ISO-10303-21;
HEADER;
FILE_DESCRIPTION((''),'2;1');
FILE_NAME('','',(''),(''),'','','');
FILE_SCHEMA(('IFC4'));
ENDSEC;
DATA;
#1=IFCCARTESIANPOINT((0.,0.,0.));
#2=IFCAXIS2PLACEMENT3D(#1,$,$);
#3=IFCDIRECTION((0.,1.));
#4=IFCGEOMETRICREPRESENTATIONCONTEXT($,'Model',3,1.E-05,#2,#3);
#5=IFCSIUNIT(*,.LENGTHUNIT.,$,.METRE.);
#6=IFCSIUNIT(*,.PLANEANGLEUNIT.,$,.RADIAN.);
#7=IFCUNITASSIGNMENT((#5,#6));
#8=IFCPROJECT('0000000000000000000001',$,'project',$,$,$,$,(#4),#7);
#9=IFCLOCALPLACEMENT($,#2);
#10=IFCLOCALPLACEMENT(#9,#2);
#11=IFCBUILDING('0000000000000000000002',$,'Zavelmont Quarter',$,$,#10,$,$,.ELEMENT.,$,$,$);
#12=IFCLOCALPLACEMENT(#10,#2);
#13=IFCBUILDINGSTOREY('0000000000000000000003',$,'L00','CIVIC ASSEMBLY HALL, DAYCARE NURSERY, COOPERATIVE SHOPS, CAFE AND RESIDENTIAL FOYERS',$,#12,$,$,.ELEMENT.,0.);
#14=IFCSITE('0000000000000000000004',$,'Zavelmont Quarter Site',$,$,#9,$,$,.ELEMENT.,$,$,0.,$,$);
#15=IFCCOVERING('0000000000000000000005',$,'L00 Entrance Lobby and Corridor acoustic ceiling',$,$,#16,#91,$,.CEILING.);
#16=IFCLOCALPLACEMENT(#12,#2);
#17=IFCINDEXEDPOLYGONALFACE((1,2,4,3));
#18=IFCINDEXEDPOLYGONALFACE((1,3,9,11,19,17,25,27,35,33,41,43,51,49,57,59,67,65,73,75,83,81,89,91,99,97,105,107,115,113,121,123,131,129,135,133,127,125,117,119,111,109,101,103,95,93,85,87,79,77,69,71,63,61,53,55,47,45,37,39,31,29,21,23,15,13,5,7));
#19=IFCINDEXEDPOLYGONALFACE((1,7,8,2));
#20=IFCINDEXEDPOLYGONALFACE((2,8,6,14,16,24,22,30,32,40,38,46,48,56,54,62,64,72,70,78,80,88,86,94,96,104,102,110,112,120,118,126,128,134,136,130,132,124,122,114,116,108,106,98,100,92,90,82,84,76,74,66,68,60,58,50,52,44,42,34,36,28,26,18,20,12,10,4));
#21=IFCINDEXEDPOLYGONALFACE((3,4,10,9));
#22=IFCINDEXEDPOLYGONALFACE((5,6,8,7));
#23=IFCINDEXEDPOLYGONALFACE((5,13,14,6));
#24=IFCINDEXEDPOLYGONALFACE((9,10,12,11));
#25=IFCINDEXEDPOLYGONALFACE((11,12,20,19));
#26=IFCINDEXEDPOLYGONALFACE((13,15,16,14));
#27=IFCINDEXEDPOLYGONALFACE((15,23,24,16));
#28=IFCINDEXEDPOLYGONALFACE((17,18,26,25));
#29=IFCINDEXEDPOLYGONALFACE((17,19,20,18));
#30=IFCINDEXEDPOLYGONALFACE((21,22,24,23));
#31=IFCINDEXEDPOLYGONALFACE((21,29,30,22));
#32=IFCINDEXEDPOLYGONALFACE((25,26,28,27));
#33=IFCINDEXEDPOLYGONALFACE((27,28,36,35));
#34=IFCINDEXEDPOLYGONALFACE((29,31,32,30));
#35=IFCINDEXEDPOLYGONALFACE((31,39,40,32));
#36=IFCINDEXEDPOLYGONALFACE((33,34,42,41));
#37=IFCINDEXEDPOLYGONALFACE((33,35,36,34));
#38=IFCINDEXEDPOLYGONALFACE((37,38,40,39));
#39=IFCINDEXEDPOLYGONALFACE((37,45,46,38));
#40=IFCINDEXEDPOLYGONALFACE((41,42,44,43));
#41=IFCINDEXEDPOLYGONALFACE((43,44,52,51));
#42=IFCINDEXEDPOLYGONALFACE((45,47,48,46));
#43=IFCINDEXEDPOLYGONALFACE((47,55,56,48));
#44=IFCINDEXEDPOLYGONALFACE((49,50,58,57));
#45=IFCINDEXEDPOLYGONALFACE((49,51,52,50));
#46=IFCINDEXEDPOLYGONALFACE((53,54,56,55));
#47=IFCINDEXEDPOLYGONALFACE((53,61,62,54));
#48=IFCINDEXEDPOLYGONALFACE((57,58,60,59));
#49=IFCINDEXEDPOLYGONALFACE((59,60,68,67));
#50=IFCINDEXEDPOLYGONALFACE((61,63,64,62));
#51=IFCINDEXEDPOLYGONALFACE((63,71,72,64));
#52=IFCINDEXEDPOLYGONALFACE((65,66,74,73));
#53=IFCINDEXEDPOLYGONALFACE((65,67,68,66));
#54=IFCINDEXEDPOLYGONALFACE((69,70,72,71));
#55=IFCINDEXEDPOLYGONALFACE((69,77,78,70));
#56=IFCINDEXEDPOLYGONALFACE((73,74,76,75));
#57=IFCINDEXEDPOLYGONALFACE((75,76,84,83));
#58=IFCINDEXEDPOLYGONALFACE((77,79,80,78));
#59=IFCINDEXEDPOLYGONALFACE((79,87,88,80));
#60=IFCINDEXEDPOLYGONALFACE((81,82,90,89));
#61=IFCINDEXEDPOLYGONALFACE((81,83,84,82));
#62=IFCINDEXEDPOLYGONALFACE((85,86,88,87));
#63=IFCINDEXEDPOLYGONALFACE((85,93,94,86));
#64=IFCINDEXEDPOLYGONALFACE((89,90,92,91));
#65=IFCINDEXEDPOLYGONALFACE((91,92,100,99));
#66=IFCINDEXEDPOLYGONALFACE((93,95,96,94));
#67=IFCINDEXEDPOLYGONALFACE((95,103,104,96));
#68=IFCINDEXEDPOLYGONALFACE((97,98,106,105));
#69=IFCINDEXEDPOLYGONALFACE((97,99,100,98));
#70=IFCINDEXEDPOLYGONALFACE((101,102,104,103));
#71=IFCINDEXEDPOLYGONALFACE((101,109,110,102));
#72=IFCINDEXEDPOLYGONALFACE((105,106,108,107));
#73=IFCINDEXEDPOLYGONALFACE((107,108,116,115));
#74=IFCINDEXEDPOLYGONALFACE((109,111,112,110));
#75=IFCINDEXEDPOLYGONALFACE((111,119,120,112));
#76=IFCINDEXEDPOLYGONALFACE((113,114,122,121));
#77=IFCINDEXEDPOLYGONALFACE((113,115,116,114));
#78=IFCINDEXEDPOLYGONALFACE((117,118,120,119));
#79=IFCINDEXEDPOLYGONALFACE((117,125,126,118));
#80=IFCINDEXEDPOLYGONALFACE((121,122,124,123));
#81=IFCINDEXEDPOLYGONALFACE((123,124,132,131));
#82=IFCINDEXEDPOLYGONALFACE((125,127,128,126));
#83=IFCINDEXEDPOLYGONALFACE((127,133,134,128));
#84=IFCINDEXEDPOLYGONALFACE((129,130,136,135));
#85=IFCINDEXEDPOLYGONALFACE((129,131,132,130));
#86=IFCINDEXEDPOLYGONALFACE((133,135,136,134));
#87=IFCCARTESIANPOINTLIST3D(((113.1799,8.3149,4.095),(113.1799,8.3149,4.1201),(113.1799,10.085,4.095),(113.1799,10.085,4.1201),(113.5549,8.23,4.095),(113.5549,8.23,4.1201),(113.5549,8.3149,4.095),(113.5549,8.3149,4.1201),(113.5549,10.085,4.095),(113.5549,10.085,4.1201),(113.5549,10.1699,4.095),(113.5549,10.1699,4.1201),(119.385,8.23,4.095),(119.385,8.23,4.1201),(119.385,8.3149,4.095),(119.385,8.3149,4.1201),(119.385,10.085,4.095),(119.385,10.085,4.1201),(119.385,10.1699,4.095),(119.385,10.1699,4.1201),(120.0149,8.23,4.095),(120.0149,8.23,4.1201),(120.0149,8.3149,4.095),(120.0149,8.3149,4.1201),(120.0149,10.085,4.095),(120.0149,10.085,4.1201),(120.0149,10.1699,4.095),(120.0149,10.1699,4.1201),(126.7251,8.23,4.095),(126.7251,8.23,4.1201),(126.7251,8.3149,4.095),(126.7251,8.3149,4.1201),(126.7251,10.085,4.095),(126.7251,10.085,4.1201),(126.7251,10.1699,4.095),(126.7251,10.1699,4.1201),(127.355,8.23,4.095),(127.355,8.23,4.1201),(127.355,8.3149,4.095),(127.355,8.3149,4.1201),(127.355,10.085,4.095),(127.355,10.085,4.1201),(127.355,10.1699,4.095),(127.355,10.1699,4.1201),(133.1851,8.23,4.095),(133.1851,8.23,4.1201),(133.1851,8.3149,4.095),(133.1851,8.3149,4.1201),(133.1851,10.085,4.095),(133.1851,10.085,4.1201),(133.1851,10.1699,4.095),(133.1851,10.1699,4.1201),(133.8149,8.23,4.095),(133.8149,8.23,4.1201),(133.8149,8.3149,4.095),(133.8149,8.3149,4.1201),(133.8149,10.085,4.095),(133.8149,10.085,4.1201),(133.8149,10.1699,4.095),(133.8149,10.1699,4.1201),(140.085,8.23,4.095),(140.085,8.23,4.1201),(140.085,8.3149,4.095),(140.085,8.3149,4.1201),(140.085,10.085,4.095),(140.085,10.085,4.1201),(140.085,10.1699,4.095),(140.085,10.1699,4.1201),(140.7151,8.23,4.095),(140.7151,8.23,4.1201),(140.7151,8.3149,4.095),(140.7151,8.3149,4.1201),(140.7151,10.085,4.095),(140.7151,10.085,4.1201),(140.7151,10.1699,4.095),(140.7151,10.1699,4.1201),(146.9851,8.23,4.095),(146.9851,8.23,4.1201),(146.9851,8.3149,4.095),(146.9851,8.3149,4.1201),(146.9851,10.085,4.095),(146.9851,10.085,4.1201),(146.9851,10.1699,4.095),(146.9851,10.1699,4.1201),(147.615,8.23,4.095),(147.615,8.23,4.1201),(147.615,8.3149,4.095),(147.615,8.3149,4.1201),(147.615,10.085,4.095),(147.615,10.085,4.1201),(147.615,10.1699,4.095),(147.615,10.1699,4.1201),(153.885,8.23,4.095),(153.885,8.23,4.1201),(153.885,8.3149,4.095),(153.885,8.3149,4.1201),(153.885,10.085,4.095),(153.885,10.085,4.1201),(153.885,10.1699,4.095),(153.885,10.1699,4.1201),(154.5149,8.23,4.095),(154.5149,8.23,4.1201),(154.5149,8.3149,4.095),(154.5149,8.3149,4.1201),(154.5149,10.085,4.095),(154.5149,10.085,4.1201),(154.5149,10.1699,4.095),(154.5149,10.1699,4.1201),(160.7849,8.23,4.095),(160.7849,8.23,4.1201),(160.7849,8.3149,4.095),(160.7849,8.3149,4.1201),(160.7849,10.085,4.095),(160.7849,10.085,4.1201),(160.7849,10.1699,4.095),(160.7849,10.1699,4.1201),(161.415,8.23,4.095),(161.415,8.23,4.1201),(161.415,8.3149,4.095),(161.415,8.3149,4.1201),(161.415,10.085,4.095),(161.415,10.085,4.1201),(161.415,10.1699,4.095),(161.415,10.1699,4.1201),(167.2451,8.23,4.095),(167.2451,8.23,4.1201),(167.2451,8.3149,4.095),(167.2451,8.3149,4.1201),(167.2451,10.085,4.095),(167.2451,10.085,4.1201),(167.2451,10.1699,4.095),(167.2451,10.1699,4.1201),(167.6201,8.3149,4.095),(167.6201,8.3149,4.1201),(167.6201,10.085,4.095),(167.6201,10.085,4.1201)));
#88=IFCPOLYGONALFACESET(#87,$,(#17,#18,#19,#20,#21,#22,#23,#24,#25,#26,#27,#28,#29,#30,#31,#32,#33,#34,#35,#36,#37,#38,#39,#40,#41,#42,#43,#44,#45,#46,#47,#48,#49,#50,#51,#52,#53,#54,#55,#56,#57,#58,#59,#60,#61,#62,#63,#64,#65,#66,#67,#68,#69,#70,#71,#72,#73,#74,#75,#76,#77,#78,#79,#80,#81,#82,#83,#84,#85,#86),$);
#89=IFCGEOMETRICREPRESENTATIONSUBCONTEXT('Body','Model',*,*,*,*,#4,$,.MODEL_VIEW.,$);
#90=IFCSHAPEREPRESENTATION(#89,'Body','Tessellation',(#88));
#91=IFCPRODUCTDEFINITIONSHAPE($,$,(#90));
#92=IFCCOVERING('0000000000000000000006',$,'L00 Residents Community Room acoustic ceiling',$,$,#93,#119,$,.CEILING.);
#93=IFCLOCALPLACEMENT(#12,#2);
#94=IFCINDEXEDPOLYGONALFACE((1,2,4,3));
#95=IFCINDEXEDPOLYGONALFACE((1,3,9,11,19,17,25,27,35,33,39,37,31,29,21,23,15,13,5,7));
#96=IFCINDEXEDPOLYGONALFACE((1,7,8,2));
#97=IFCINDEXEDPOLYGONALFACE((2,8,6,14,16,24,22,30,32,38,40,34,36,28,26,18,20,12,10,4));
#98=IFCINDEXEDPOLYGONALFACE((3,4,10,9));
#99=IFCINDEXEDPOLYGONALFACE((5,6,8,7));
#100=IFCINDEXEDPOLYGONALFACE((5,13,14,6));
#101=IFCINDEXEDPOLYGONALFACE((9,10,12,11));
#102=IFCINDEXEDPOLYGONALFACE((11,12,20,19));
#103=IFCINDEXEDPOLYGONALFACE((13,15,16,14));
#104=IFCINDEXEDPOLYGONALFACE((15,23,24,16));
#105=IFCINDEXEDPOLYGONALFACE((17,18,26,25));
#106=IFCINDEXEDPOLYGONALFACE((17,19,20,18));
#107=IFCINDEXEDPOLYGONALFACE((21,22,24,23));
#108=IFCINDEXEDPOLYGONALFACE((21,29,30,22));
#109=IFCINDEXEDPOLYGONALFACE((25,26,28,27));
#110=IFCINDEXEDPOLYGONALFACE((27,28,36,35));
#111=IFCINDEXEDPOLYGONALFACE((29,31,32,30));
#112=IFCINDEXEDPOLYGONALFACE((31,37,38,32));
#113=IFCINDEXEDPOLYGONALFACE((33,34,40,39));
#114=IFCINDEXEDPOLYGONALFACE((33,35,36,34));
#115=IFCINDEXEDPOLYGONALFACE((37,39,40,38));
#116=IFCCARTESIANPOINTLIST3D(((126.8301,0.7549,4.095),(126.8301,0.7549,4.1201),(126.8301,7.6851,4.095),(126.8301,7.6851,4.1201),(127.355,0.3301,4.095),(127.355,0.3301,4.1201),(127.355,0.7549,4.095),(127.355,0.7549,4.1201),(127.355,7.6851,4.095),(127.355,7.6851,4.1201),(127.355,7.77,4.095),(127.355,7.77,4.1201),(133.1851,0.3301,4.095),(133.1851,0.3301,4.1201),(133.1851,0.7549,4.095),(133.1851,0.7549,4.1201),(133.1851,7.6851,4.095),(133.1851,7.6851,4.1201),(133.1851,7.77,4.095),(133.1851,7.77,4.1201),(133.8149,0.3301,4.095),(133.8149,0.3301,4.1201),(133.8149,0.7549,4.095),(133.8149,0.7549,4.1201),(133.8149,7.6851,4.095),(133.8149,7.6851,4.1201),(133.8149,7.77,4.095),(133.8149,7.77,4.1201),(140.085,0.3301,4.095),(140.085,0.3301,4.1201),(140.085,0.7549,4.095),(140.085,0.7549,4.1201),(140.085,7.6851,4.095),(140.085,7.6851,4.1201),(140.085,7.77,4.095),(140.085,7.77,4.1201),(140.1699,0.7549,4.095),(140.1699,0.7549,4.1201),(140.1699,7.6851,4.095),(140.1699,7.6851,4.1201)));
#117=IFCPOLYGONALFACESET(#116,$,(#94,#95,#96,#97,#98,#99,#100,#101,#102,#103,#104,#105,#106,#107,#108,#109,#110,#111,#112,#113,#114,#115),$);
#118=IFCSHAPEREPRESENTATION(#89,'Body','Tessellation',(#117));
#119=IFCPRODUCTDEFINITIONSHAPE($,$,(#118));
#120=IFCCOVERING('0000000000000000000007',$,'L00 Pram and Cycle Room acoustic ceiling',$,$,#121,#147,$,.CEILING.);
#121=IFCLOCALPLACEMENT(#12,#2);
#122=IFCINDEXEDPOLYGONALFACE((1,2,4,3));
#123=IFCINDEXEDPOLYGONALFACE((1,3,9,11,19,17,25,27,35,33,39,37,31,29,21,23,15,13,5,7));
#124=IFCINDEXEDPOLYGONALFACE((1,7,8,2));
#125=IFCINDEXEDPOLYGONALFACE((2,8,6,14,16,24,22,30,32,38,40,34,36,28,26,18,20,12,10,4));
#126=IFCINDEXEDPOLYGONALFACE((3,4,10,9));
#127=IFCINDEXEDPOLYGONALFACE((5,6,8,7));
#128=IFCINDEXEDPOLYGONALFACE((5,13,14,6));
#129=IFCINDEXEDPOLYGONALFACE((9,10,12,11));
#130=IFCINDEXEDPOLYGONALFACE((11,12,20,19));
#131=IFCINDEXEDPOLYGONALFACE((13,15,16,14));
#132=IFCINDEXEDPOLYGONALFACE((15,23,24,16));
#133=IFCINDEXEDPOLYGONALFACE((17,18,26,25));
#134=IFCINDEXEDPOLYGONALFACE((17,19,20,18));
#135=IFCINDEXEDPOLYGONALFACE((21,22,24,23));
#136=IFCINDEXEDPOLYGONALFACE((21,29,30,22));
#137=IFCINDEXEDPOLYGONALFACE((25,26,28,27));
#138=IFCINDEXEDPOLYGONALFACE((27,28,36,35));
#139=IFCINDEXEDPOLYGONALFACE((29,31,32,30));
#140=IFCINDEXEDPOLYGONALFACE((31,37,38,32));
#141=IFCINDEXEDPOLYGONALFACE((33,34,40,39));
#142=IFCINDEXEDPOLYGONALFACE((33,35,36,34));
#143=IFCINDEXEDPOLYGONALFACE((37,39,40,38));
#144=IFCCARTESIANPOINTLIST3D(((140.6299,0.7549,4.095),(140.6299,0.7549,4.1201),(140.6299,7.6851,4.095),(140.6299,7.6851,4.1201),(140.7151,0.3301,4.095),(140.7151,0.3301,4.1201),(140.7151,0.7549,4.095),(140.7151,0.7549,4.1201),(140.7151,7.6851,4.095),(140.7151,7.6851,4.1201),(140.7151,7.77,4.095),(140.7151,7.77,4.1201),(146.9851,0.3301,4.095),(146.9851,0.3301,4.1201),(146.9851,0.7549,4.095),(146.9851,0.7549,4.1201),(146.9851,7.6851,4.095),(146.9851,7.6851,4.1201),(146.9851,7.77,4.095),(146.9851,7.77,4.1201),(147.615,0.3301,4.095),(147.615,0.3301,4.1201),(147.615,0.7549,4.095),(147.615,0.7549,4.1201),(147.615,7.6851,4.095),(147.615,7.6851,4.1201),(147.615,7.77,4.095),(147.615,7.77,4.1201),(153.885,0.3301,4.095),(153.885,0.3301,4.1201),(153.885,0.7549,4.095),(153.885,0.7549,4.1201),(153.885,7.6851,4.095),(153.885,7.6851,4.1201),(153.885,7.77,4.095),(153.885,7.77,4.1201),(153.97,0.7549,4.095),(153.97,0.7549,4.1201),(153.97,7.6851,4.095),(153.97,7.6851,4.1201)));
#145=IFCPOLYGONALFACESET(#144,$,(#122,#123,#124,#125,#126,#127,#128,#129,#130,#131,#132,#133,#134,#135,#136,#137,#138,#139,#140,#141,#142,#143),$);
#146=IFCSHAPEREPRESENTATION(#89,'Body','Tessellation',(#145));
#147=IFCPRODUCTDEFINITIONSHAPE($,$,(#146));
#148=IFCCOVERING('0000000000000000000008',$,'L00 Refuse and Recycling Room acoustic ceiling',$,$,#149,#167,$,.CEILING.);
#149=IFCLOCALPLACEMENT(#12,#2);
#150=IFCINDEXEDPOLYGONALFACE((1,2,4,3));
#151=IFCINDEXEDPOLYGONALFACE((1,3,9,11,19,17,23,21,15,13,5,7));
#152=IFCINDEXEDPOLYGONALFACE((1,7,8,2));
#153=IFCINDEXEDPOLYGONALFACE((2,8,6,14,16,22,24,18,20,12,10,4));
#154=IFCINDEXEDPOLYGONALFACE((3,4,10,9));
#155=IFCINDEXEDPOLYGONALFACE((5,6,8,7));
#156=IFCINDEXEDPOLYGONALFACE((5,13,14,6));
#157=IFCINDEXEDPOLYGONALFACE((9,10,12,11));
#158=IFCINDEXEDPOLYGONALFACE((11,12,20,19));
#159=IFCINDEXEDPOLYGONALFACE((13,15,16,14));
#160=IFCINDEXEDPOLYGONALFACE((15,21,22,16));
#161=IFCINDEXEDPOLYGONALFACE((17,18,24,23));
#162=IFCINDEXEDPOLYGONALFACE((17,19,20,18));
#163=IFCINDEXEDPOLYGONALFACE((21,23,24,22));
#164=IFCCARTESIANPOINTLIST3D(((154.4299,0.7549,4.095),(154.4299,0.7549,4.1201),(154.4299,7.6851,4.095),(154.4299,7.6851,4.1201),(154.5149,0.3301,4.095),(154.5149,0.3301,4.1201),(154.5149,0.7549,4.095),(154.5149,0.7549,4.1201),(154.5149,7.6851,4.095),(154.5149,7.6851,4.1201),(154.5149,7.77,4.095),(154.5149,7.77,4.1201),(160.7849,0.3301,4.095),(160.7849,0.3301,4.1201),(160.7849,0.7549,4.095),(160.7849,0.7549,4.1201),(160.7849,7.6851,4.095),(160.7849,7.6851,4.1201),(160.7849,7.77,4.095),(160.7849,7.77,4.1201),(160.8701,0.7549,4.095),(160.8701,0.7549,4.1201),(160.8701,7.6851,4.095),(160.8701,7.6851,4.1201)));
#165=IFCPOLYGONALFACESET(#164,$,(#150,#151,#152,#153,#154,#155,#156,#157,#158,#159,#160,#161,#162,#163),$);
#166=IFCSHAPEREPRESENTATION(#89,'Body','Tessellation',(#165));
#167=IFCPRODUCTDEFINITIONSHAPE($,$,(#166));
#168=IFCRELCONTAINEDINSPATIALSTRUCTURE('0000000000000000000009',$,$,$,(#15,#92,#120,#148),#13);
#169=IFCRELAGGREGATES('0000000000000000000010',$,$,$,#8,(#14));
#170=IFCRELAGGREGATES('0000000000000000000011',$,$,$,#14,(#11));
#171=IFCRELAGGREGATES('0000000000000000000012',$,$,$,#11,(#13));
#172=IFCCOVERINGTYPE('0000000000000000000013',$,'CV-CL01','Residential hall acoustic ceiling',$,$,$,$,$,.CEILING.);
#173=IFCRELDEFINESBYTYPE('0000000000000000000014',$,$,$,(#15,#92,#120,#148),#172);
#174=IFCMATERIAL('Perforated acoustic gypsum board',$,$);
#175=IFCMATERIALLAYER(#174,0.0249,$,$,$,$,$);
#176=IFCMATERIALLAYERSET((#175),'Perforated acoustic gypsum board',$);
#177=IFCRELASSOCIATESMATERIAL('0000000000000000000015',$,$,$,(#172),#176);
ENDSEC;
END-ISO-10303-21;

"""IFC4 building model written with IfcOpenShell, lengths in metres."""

from ifc_helpers import new_model, si_unit, direction, frame, origin, place, context, subcontext, project, spatial, polyline, outline, extrude, material, layer, layer_set, type_object, element, save


model = new_model("IFC4")

# Units and contexts
model_context = context("Model", 3, precision=1e-05, world=origin(), true_north=direction((0.0, 1.0)))
body_context = subcontext(model_context, "Body", "Model", "MODEL_VIEW")
ifc_project = project(units=[si_unit("LENGTHUNIT", "METRE"), si_unit("PLANEANGLEUNIT", "RADIAN")], contexts=[model_context])

# Site, building, storey
site_placement = place(None, origin())
site = spatial("IfcSite", under=ifc_project, at=site_placement, Name="Zavelmont Quarter Site", CompositionType="ELEMENT", RefElevation=0.0)
building_placement = place(site_placement, origin())
building = spatial("IfcBuilding", under=site, at=building_placement, Name="Zavelmont Quarter", CompositionType="ELEMENT")
storey_placement = place(building_placement, origin())
storey = spatial("IfcBuildingStorey", under=building, at=storey_placement, Name="L00", Description="CIVIC ASSEMBLY HALL, DAYCARE NURSERY, COOPERATIVE SHOPS, CAFE AND RESIDENTIAL FOYERS", CompositionType="ELEMENT", Elevation=0.0)

# Coverings
ifc_material_1 = material(Name="Perforated acoustic gypsum board")
ifc_layer_1 = layer(ifc_material_1, 0.0249)
ifc_layer_set_1 = layer_set([ifc_layer_1], Name="Perforated acoustic gypsum board")
covering_type_1 = type_object("IfcCoveringType", Name="CV-CL01", Description="Residential hall acoustic ceiling", PredefinedType="CEILING", material=ifc_layer_set_1)
covering_1_placement = place(storey_placement, frame((0.0, 0.0, 4.095)))
element("IfcCovering", 1, at=covering_1_placement, inside=storey, type_object=covering_type_1, Name="L00 Entrance Lobby and Corridor acoustic ceiling", PredefinedType="CEILING", context=body_context, shape_type="SweptSolid", body=[
    extrude(outline(polyline([(113.1799, 10.085), (113.5549, 10.085), (113.5549, 10.1699), (119.385, 10.1699), (119.385, 10.085), (120.0149, 10.085), (120.0149, 10.1699), (126.7251, 10.1699), (126.7251, 10.085), (127.355, 10.085), (127.355, 10.1699), (133.1851, 10.1699), (133.1851, 10.085), (133.8149, 10.085), (133.8149, 10.1699), (140.085, 10.1699), (140.085, 10.085), (140.7151, 10.085), (140.7151, 10.1699), (146.9851, 10.1699), (146.9851, 10.085), (147.615, 10.085), (147.615, 10.1699), (153.885, 10.1699), (153.885, 10.085), (154.5149, 10.085), (154.5149, 10.1699), (160.7849, 10.1699), (160.7849, 10.085), (161.415, 10.085), (161.415, 10.1699), (167.2451, 10.1699), (167.2451, 10.085), (167.6201, 10.085), (167.6201, 8.3149), (167.2451, 8.3149), (167.2451, 8.23), (161.415, 8.23), (161.415, 8.3149), (160.7849, 8.3149), (160.7849, 8.23), (154.5149, 8.23), (154.5149, 8.3149), (153.885, 8.3149), (153.885, 8.23), (147.615, 8.23), (147.615, 8.3149), (146.9851, 8.3149), (146.9851, 8.23), (140.7151, 8.23), (140.7151, 8.3149), (140.085, 8.3149), (140.085, 8.23), (133.8149, 8.23), (133.8149, 8.3149), (133.1851, 8.3149), (133.1851, 8.23), (127.355, 8.23), (127.355, 8.3149), (126.7251, 8.3149), (126.7251, 8.23), (120.0149, 8.23), (120.0149, 8.3149), (119.385, 8.3149), (119.385, 8.23), (113.5549, 8.23), (113.5549, 8.3149), (113.1799, 8.3149), (113.1799, 10.085)])), origin(), (0.0, 0.0, 1.0), 0.0251),
])
covering_2_placement = place(storey_placement, frame((0.0, 0.0, 4.095)))
element("IfcCovering", 2, at=covering_2_placement, inside=storey, type_object=covering_type_1, Name="L00 Residents Community Room acoustic ceiling", PredefinedType="CEILING", context=body_context, shape_type="SweptSolid", body=[
    extrude(outline(polyline([(126.8301, 7.6851), (127.355, 7.6851), (127.355, 7.77), (133.1851, 7.77), (133.1851, 7.6851), (133.8149, 7.6851), (133.8149, 7.77), (140.085, 7.77), (140.085, 7.6851), (140.1699, 7.6851), (140.1699, 0.7549), (140.085, 0.7549), (140.085, 0.3301), (133.8149, 0.3301), (133.8149, 0.7549), (133.1851, 0.7549), (133.1851, 0.3301), (127.355, 0.3301), (127.355, 0.7549), (126.8301, 0.7549), (126.8301, 7.6851)])), origin(), (0.0, 0.0, 1.0), 0.0251),
])
covering_3_placement = place(storey_placement, frame((0.0, 0.0, 4.095)))
element("IfcCovering", 3, at=covering_3_placement, inside=storey, type_object=covering_type_1, Name="L00 Pram and Cycle Room acoustic ceiling", PredefinedType="CEILING", context=body_context, shape_type="SweptSolid", body=[
    extrude(outline(polyline([(140.6299, 7.6851), (140.7151, 7.6851), (140.7151, 7.77), (146.9851, 7.77), (146.9851, 7.6851), (147.615, 7.6851), (147.615, 7.77), (153.885, 7.77), (153.885, 7.6851), (153.97, 7.6851), (153.97, 0.7549), (153.885, 0.7549), (153.885, 0.3301), (147.615, 0.3301), (147.615, 0.7549), (146.9851, 0.7549), (146.9851, 0.3301), (140.7151, 0.3301), (140.7151, 0.7549), (140.6299, 0.7549), (140.6299, 7.6851)])), origin(), (0.0, 0.0, 1.0), 0.0251),
])
covering_4_placement = place(storey_placement, frame((0.0, 0.0, 4.095)))
element("IfcCovering", 4, at=covering_4_placement, inside=storey, type_object=covering_type_1, Name="L00 Refuse and Recycling Room acoustic ceiling", PredefinedType="CEILING", context=body_context, shape_type="SweptSolid", body=[
    extrude(outline(polyline([(154.4299, 7.6851), (154.5149, 7.6851), (154.5149, 7.77), (160.7849, 7.77), (160.7849, 7.6851), (160.8701, 7.6851), (160.8701, 0.7549), (160.7849, 0.7549), (160.7849, 0.3301), (154.5149, 0.3301), (154.5149, 0.7549), (154.4299, 0.7549), (154.4299, 7.6851)])), origin(), (0.0, 0.0, 1.0), 0.0251),
])

save(model, "model.ifc")
